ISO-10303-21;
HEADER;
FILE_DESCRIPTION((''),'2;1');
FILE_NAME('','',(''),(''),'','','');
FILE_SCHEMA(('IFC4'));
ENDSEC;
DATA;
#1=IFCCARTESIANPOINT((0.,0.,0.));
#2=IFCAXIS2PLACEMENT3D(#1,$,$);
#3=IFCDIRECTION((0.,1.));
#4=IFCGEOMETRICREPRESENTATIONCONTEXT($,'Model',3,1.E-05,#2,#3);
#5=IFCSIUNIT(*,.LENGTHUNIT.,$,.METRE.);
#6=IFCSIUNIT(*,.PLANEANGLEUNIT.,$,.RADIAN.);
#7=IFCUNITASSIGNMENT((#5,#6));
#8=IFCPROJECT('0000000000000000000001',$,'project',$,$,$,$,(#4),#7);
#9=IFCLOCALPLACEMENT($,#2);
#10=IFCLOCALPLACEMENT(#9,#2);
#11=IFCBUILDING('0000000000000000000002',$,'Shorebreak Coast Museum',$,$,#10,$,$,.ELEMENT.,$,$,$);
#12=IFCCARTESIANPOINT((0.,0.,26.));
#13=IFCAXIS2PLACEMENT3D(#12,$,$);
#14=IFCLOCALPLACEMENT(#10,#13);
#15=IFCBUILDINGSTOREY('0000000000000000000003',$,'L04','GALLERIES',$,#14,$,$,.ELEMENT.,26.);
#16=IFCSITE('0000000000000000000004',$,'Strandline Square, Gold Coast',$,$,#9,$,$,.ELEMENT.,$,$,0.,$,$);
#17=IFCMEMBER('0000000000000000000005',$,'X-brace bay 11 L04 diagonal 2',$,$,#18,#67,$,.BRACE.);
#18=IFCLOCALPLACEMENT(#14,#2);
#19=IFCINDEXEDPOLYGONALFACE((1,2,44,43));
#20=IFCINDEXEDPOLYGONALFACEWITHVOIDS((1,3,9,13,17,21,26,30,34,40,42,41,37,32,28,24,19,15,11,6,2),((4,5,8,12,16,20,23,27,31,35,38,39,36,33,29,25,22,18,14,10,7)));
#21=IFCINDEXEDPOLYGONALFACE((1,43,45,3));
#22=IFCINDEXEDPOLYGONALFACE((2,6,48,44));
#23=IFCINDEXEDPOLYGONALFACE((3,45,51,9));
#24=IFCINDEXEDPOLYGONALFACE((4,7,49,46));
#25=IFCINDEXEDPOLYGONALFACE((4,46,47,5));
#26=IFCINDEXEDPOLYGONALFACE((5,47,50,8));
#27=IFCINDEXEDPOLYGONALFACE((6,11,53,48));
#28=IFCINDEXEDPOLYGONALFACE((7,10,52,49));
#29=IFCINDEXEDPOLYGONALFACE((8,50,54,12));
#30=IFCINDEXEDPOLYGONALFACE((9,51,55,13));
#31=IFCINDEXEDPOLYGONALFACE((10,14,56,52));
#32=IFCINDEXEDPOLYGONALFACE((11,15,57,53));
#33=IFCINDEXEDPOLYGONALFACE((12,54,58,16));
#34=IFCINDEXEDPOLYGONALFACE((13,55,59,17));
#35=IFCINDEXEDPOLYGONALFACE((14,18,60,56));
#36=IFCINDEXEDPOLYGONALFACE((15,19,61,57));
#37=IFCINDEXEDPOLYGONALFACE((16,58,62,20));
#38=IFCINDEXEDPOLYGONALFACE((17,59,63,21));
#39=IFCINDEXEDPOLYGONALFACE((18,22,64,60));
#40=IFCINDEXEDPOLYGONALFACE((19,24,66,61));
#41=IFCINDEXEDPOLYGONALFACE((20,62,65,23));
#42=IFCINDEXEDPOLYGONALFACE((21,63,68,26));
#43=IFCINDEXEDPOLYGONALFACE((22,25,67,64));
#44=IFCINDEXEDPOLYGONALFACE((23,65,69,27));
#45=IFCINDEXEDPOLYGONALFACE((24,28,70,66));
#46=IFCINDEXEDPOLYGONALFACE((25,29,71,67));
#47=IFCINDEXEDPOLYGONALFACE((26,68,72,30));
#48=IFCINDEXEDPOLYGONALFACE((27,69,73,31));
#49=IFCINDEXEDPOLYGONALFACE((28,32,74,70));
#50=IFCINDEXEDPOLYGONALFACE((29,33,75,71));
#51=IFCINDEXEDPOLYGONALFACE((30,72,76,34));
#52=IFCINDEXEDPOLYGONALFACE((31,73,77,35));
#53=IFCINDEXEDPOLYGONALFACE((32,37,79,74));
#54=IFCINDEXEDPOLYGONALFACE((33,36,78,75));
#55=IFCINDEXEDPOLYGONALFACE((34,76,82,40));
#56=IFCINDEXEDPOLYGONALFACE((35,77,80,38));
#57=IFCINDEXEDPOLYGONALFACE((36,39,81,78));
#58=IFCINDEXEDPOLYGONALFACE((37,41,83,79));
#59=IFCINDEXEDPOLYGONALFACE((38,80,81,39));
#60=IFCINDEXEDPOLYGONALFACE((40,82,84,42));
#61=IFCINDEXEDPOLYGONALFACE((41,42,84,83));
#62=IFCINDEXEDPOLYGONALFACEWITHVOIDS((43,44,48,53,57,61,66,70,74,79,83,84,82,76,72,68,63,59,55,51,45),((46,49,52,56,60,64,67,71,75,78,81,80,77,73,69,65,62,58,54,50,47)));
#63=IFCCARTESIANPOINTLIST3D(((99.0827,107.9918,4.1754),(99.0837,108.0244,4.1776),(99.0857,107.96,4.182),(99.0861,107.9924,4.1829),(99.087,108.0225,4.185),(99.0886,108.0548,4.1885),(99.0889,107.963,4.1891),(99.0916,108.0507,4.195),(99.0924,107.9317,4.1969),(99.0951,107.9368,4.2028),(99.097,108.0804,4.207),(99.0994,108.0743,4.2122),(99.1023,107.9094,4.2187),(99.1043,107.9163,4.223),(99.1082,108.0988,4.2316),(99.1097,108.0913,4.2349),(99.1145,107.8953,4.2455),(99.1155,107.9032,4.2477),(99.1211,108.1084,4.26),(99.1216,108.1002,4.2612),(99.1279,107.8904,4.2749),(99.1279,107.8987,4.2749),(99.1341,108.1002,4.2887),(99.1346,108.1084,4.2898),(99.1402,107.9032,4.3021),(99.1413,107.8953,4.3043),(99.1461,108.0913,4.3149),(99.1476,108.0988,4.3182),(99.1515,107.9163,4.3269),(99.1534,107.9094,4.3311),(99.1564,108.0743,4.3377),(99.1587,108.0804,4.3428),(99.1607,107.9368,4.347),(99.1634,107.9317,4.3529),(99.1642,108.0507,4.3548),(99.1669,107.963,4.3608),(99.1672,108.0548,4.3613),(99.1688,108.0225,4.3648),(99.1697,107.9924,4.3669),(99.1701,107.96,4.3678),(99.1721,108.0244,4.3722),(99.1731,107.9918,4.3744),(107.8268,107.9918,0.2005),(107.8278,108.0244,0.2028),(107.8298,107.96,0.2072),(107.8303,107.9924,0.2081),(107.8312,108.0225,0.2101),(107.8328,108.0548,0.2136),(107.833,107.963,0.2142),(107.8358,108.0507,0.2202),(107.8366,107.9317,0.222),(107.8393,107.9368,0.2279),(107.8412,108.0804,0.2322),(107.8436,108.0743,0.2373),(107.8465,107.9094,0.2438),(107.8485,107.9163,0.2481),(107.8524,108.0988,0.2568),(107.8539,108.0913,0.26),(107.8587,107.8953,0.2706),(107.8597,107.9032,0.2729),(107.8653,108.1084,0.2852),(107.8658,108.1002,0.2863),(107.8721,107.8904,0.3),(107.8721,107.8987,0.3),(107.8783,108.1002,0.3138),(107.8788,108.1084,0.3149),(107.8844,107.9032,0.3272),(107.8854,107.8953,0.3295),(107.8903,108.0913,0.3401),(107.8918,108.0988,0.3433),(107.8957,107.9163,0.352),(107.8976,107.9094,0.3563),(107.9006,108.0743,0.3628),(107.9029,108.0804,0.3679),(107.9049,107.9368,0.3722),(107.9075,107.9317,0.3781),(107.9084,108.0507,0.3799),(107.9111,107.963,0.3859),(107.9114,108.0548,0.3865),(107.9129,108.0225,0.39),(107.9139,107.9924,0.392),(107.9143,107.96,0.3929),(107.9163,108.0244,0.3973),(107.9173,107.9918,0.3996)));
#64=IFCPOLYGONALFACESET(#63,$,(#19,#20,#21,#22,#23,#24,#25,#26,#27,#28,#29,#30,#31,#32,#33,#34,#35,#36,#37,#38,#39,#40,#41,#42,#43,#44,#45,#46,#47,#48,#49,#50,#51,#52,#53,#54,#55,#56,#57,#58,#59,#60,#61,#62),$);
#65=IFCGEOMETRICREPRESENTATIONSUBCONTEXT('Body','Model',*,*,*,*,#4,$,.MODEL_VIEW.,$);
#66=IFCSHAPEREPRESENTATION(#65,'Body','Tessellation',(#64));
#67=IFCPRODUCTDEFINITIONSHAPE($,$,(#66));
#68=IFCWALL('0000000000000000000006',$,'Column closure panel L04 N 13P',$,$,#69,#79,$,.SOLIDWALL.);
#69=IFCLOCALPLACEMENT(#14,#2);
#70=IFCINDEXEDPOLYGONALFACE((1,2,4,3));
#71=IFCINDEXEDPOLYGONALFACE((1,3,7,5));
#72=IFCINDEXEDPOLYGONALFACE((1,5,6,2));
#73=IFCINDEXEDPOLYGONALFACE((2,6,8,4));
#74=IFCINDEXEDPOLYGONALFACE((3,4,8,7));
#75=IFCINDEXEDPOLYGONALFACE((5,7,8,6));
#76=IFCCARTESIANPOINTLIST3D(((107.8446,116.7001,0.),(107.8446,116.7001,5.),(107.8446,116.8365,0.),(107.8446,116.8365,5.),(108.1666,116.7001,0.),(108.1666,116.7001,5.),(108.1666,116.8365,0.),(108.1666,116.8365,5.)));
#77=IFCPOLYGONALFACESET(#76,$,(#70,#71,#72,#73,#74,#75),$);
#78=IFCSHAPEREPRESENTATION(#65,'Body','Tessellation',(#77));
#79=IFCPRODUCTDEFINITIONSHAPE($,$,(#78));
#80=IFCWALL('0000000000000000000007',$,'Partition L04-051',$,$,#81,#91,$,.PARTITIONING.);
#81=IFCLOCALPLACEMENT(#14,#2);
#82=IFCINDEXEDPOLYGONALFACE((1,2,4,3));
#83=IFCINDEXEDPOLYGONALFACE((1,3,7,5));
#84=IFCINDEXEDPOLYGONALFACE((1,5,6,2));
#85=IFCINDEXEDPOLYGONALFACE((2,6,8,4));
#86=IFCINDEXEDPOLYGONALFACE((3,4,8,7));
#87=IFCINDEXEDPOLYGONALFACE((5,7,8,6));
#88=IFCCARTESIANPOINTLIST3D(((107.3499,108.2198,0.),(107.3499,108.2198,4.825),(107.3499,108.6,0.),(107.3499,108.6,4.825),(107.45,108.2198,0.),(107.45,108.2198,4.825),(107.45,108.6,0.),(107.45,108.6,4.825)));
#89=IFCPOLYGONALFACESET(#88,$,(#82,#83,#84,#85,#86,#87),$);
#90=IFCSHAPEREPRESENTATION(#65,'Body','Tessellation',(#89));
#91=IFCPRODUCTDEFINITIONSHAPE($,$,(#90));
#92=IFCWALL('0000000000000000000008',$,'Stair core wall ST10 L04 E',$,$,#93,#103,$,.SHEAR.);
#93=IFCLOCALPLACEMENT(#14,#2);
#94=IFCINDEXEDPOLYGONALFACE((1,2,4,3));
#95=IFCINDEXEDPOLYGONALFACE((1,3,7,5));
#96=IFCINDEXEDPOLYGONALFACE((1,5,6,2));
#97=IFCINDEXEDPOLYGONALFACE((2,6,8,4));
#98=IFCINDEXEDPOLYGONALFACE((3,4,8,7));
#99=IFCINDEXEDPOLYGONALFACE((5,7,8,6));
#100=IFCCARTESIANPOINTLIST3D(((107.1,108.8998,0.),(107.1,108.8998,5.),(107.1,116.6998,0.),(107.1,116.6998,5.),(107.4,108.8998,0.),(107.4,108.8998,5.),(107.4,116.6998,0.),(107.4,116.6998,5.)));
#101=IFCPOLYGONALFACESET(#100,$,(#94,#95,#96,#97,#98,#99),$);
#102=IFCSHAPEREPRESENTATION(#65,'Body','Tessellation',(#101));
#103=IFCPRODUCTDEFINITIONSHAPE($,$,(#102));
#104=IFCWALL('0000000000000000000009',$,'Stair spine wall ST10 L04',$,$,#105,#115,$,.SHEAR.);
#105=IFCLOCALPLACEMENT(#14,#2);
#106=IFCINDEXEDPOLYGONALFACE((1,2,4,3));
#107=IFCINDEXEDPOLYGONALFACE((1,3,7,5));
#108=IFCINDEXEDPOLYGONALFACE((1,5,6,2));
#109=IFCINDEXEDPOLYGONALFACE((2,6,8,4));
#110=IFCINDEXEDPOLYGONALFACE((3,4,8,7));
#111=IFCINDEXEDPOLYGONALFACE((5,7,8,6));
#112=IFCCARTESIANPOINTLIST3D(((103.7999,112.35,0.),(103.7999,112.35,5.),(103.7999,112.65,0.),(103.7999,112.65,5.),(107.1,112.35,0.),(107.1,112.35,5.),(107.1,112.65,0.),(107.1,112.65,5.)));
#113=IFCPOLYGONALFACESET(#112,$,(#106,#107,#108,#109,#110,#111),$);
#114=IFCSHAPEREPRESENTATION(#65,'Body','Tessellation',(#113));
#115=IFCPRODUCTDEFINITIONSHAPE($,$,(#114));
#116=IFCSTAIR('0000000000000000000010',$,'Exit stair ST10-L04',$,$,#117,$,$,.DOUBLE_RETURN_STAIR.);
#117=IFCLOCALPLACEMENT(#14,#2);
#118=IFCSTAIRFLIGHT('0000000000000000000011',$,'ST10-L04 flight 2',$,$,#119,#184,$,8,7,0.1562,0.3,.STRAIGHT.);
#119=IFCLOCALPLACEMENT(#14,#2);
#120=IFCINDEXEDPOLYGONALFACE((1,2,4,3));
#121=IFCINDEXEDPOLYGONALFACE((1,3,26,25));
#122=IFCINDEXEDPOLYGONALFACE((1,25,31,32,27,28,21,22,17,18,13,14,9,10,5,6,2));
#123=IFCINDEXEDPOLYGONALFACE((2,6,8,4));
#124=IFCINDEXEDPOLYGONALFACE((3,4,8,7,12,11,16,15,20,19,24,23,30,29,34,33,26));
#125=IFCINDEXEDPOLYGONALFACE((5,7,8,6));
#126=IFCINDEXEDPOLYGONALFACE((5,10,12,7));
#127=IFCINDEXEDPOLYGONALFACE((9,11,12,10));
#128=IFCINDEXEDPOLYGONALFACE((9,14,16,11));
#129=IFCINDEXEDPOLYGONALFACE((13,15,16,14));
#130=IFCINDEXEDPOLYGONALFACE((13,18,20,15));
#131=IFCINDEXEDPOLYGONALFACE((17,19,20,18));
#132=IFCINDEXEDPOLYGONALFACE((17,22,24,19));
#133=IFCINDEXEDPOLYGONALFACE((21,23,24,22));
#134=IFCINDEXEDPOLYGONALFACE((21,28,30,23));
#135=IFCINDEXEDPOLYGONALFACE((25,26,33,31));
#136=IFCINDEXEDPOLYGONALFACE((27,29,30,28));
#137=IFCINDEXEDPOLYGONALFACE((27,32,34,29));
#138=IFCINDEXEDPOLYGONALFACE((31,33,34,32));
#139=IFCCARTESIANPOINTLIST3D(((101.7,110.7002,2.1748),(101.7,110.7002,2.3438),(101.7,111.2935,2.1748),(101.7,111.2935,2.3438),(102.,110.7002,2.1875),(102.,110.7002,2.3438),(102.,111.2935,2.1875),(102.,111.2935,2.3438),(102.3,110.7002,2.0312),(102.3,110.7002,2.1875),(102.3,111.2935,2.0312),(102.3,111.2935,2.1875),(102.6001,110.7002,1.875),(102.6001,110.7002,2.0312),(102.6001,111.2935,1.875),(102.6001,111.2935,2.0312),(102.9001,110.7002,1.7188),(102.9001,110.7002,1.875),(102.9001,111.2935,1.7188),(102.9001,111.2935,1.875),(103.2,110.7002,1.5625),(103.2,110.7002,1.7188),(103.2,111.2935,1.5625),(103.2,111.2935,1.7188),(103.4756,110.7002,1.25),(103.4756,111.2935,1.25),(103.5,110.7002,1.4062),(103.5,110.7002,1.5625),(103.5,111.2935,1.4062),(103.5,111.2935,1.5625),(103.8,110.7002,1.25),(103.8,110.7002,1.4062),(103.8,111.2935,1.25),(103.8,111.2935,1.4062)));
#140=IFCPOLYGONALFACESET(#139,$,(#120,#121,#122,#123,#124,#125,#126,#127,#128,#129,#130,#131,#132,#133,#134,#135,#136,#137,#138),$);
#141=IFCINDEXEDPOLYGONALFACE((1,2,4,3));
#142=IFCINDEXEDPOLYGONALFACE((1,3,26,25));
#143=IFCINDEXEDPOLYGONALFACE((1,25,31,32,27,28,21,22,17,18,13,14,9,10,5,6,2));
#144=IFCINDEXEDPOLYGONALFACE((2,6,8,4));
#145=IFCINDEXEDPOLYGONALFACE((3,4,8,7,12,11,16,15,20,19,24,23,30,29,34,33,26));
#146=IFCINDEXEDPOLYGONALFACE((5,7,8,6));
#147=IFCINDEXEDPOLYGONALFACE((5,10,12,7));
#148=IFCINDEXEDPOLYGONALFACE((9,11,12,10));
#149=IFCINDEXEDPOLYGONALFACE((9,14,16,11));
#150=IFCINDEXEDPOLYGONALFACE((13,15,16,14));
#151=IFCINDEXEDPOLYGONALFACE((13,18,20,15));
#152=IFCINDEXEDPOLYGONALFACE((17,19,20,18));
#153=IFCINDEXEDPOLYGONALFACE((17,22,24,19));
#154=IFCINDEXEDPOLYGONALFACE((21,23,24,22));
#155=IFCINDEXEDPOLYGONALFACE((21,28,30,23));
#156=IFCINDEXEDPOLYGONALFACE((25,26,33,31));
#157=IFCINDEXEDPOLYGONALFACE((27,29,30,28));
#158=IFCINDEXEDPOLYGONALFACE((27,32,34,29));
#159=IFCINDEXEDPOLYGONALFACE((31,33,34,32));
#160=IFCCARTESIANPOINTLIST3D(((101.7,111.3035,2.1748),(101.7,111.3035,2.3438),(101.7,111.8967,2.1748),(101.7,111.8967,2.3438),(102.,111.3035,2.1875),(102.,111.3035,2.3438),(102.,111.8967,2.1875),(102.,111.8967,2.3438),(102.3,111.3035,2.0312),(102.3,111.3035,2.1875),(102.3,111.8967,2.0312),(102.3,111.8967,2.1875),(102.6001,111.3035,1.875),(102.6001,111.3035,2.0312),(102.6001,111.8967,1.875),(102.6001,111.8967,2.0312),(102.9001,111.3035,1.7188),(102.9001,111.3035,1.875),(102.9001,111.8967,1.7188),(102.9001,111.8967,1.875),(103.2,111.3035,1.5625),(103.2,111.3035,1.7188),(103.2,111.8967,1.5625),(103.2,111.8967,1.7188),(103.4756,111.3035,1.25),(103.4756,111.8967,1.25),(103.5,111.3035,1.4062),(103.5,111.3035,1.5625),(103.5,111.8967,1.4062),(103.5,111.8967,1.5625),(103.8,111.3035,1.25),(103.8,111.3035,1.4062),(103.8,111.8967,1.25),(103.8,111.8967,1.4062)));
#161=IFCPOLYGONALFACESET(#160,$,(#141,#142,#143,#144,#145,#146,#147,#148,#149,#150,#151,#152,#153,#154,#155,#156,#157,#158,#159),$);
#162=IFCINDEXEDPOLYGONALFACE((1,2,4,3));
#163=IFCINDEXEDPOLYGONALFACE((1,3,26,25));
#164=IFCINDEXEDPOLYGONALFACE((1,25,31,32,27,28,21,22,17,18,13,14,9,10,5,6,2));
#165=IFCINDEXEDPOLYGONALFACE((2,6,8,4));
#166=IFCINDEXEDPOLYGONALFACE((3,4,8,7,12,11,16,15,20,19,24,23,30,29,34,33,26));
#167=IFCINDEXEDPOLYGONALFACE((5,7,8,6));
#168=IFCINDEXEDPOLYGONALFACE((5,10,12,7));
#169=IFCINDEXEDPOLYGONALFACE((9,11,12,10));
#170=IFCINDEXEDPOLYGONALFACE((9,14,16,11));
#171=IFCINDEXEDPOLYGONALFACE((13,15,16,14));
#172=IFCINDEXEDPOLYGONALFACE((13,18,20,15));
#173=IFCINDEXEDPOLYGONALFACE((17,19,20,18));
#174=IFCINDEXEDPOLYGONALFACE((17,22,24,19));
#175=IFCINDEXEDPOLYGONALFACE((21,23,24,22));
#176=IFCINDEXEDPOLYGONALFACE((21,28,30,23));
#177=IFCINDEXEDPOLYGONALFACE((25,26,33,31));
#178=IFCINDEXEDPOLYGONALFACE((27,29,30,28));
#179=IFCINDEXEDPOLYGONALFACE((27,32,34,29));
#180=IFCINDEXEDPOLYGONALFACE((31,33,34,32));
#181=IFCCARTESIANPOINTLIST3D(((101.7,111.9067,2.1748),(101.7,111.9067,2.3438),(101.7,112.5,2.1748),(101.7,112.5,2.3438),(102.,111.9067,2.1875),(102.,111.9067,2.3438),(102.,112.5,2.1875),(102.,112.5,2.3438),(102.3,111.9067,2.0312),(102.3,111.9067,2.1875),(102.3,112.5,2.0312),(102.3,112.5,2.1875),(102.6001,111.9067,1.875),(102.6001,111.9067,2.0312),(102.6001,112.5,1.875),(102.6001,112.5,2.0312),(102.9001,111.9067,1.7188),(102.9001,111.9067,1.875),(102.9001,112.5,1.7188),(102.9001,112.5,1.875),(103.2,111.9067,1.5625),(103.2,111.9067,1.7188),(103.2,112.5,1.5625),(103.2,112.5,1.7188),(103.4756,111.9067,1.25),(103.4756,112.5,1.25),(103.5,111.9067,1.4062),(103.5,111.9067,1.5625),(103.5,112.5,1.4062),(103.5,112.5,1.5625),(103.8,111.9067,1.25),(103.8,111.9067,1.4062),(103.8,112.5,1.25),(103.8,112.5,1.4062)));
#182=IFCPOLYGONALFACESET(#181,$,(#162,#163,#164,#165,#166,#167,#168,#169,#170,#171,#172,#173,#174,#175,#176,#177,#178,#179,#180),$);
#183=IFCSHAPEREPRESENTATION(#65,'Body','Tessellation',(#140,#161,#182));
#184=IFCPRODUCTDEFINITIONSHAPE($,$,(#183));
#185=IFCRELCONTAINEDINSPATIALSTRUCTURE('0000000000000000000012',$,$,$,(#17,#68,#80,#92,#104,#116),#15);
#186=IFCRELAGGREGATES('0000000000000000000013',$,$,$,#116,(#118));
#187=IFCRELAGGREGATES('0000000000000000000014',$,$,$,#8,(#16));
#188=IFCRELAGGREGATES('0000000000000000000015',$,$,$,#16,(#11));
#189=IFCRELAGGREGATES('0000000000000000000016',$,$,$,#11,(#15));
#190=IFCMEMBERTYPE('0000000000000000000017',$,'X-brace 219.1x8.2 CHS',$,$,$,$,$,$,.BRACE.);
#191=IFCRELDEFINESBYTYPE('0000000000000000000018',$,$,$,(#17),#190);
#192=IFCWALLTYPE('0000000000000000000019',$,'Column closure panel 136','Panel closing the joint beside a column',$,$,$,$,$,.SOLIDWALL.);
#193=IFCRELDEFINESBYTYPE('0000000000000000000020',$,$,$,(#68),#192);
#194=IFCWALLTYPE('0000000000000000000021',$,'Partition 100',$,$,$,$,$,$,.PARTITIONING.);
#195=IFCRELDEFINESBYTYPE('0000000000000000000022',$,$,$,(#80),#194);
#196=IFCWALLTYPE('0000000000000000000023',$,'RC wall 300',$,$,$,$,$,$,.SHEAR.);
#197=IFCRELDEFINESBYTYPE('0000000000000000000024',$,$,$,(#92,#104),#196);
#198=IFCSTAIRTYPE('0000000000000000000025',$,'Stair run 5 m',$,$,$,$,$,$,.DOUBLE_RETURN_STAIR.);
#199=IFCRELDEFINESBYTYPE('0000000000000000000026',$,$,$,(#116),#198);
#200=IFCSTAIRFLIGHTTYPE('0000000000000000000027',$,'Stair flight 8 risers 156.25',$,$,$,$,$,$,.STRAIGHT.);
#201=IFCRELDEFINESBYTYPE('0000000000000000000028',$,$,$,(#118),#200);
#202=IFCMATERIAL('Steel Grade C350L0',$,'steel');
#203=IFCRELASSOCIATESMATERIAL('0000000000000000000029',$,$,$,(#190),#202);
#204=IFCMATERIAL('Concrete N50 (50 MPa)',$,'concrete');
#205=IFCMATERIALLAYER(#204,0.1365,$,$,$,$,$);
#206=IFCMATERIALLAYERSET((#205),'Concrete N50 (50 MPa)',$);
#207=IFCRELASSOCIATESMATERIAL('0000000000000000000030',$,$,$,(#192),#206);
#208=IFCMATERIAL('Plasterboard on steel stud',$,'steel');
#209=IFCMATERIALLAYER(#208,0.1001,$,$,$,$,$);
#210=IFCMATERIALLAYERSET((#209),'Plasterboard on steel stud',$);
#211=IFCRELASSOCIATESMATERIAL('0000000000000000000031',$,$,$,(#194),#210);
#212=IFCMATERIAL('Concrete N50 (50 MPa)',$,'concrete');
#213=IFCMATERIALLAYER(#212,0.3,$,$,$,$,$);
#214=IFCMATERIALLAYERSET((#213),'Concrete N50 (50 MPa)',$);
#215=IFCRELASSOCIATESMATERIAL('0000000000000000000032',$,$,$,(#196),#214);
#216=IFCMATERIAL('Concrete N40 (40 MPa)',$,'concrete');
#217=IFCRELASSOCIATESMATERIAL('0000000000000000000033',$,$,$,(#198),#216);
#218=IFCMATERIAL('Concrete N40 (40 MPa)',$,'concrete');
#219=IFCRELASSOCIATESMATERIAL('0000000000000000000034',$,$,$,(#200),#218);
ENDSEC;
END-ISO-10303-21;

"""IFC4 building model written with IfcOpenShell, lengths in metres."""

from ifc_helpers import new_model, si_unit, direction, frame, frame_2d, origin, origin_2d, place, context, subcontext, project, spatial, polyline, rectangle, hollow_circle, outline, extrude, material, layer, layer_set, material_profile, profile_set, type_object, element, aggregate, save


model = new_model("IFC4")

# Units and contexts
model_context = context("Model", 3, precision=1e-05, world=origin(), true_north=direction((0.0, 1.0)))
body_context = subcontext(model_context, "Body", "Model", "MODEL_VIEW")
ifc_project = project(units=[si_unit("LENGTHUNIT", "METRE"), si_unit("PLANEANGLEUNIT", "RADIAN")], contexts=[model_context])

# Site, building, storey
site_placement = place(None, origin())
site = spatial("IfcSite", under=ifc_project, at=site_placement, Name="Strandline Square, Gold Coast", CompositionType="ELEMENT", RefElevation=0.0)
building_placement = place(site_placement, origin())
building = spatial("IfcBuilding", under=site, at=building_placement, Name="Shorebreak Coast Museum", CompositionType="ELEMENT")
storey_placement = place(building_placement, frame((0.0, 0.0, 26.0)))
storey = spatial("IfcBuildingStorey", under=building, at=storey_placement, Name="L04", Description="GALLERIES", CompositionType="ELEMENT", Elevation=26.0)

# Member
ifc_material_1 = material(Name="Steel Grade C350L0", Category="steel")
ifc_material_profile = material_profile(ifc_material_1, hollow_circle(Radius=0.1096, WallThickness=0.0083, at=origin_2d()), Name="219.1x8.2 CHS")
ifc_profile_set = profile_set([ifc_material_profile], Name="Steel Grade C350L0")
member_type = type_object("IfcMemberType", Name="X-brace 219.1x8.2 CHS", PredefinedType="BRACE", material=ifc_profile_set)
member_placement = place(storey_placement, frame((107.8721, 108.0, 0.3), z_axis=(-0.910357, 0.0, 0.413824), x_axis=(0.0, -1.0, 0.0)))
element("IfcMember", 1, at=member_placement, inside=storey, type_object=member_type, Name="X-brace bay 11 L04 diagonal 2", PredefinedType="BRACE", context=body_context, shape_type="SweptSolid", body=[
    extrude(hollow_circle(Radius=0.1096, WallThickness=0.0083, at=origin_2d()), origin(), (0.0, 0.0, 1.0), 9.6052),
])

# Walls
ifc_material_2 = material(Name="Concrete N50 (50 MPa)", Category="concrete")
ifc_layer_1 = layer(ifc_material_2, 0.1365)
ifc_layer_set_1 = layer_set([ifc_layer_1], Name="Concrete N50 (50 MPa)")
wall_type_1 = type_object("IfcWallType", Name="Column closure panel 136", Description="Panel closing the joint beside a column", PredefinedType="SOLIDWALL", material=ifc_layer_set_1)
wall_1_placement = place(storey_placement, frame((107.8445, 116.7683, 0.0), z_axis=(0.0, 0.0, 1.0), x_axis=(1.0, 0.0, 0.0)))
element("IfcWall", 2, at=wall_1_placement, inside=storey, type_object=wall_type_1, Name="Column closure panel L04 N 13P", PredefinedType="SOLIDWALL", context=body_context, shape_type="SweptSolid", body=[
    extrude(rectangle(XDim=0.322, YDim=0.1365, at=frame_2d((0.1611, 0.0))), origin(), (0.0, 0.0, 1.0), 5.0),
])
ifc_material_3 = material(Name="Plasterboard on steel stud", Category="steel")
ifc_layer_2 = layer(ifc_material_3, 0.1001)
ifc_layer_set_2 = layer_set([ifc_layer_2], Name="Plasterboard on steel stud")
wall_type_2 = type_object("IfcWallType", Name="Partition 100", PredefinedType="PARTITIONING", material=ifc_layer_set_2)
wall_2_placement = place(storey_placement, frame((107.3999, 108.22, 0.0), z_axis=(0.0, 0.0, 1.0), x_axis=(0.0, 1.0, 0.0)))
element("IfcWall", 3, at=wall_2_placement, inside=storey, type_object=wall_type_2, Name="Partition L04-051", PredefinedType="PARTITIONING", context=body_context, shape_type="SweptSolid", body=[
    extrude(rectangle(XDim=0.3801, YDim=0.1001, at=frame_2d((0.1899, 0.0))), origin(), (0.0, 0.0, 1.0), 4.825),
])
ifc_material_4 = material(Name="Concrete N50 (50 MPa)", Category="concrete")
ifc_layer_3 = layer(ifc_material_4, 0.3)
ifc_layer_set_3 = layer_set([ifc_layer_3], Name="Concrete N50 (50 MPa)")
wall_type_3 = type_object("IfcWallType", Name="RC wall 300", PredefinedType="SHEAR", material=ifc_layer_set_3)
wall_3_placement = place(storey_placement, frame((107.25, 108.8999, 0.0), z_axis=(0.0, 0.0, 1.0), x_axis=(0.0, 1.0, 0.0)))
element("IfcWall", 4, at=wall_3_placement, inside=storey, type_object=wall_type_3, Name="Stair core wall ST10 L04 E", PredefinedType="SHEAR", context=body_context, shape_type="SweptSolid", body=[
    extrude(rectangle(XDim=7.8, YDim=0.3, at=frame_2d((3.8999, 0.0))), origin(), (0.0, 0.0, 1.0), 5.0),
])
wall_4_placement = place(storey_placement, frame((103.8, 112.5, 0.0), z_axis=(0.0, 0.0, 1.0), x_axis=(1.0, 0.0, 0.0)))
element("IfcWall", 5, at=wall_4_placement, inside=storey, type_object=wall_type_3, Name="Stair spine wall ST10 L04", PredefinedType="SHEAR", context=body_context, shape_type="SweptSolid", body=[
    extrude(rectangle(XDim=3.3, YDim=0.3, at=frame_2d((1.6499, 0.0))), origin(), (0.0, 0.0, 1.0), 5.0),
])

# Stair, stair flight
ifc_material_5 = material(Name="Concrete N40 (40 MPa)", Category="concrete")
stair_type = type_object("IfcStairType", Name="Stair run 5 m", PredefinedType="DOUBLE_RETURN_STAIR", material=ifc_material_5)
stair_placement = place(storey_placement, origin())
stair = element("IfcStair", 6, at=stair_placement, inside=storey, type_object=stair_type, Name="Exit stair ST10-L04", PredefinedType="DOUBLE_RETURN_STAIR")
ifc_material_6 = material(Name="Concrete N40 (40 MPa)", Category="concrete")
stair_flight_type = type_object("IfcStairFlightType", Name="Stair flight 8 risers 156.25", PredefinedType="STRAIGHT", material=ifc_material_6)
stair_flight_1_placement = place(storey_placement, frame((103.8, 111.6001, 1.25), z_axis=(0.0, 0.0, 1.0), x_axis=(-1.0, 0.0, 0.0)))
stair_flight_1 = element("IfcStairFlight", 7, at=stair_flight_1_placement, type_object=stair_flight_type, Name="ST10-L04 flight 2", NumberOfRisers=8, NumberOfTreads=7, PredefinedType="STRAIGHT", RiserHeight=0.1562, TreadLength=0.3, context=body_context, shape_type="SweptSolid", body=[
    extrude(outline(polyline([(0.0, 0.0), (0.0, 0.1562), (0.3, 0.1562), (0.3, 0.3125), (0.6001, 0.3125), (0.6001, 0.4688), (0.8999, 0.4688), (0.8999, 0.625), (1.2, 0.625), (1.2, 0.7812), (1.5, 0.7812), (1.5, 0.9375), (1.8, 0.9375), (1.8, 1.0938), (2.1001, 1.0938), (2.1001, 1.25), (2.1001, 0.9248), (0.3245, 0.0), (0.0, 0.0)])), frame((0.0, 0.8999, 0.0), z_axis=(0.0, -1.0, 0.0), x_axis=(1.0, 0.0, 0.0)), (0.0, 0.0, 1.0), 0.5933),
    extrude(outline(polyline([(0.0, 0.0), (0.0, 0.1562), (0.3, 0.1562), (0.3, 0.3125), (0.6001, 0.3125), (0.6001, 0.4688), (0.8999, 0.4688), (0.8999, 0.625), (1.2, 0.625), (1.2, 0.7812), (1.5, 0.7812), (1.5, 0.9375), (1.8, 0.9375), (1.8, 1.0938), (2.1001, 1.0938), (2.1001, 1.25), (2.1001, 0.9248), (0.3245, 0.0), (0.0, 0.0)])), frame((0.0, 0.2966, 0.0), z_axis=(0.0, -1.0, 0.0), x_axis=(1.0, 0.0, 0.0)), (0.0, 0.0, 1.0), 0.5933),
    extrude(outline(polyline([(0.0, 0.0), (0.0, 0.1562), (0.3, 0.1562), (0.3, 0.3125), (0.6001, 0.3125), (0.6001, 0.4688), (0.8999, 0.4688), (0.8999, 0.625), (1.2, 0.625), (1.2, 0.7812), (1.5, 0.7812), (1.5, 0.9375), (1.8, 0.9375), (1.8, 1.0938), (2.1001, 1.0938), (2.1001, 1.25), (2.1001, 0.9248), (0.3245, 0.0), (0.0, 0.0)])), frame((0.0, -0.3066, 0.0), z_axis=(0.0, -1.0, 0.0), x_axis=(1.0, 0.0, 0.0)), (0.0, 0.0, 1.0), 0.5933),
])
aggregate(stair, [stair_flight_1])

save(model, "model.ifc")
